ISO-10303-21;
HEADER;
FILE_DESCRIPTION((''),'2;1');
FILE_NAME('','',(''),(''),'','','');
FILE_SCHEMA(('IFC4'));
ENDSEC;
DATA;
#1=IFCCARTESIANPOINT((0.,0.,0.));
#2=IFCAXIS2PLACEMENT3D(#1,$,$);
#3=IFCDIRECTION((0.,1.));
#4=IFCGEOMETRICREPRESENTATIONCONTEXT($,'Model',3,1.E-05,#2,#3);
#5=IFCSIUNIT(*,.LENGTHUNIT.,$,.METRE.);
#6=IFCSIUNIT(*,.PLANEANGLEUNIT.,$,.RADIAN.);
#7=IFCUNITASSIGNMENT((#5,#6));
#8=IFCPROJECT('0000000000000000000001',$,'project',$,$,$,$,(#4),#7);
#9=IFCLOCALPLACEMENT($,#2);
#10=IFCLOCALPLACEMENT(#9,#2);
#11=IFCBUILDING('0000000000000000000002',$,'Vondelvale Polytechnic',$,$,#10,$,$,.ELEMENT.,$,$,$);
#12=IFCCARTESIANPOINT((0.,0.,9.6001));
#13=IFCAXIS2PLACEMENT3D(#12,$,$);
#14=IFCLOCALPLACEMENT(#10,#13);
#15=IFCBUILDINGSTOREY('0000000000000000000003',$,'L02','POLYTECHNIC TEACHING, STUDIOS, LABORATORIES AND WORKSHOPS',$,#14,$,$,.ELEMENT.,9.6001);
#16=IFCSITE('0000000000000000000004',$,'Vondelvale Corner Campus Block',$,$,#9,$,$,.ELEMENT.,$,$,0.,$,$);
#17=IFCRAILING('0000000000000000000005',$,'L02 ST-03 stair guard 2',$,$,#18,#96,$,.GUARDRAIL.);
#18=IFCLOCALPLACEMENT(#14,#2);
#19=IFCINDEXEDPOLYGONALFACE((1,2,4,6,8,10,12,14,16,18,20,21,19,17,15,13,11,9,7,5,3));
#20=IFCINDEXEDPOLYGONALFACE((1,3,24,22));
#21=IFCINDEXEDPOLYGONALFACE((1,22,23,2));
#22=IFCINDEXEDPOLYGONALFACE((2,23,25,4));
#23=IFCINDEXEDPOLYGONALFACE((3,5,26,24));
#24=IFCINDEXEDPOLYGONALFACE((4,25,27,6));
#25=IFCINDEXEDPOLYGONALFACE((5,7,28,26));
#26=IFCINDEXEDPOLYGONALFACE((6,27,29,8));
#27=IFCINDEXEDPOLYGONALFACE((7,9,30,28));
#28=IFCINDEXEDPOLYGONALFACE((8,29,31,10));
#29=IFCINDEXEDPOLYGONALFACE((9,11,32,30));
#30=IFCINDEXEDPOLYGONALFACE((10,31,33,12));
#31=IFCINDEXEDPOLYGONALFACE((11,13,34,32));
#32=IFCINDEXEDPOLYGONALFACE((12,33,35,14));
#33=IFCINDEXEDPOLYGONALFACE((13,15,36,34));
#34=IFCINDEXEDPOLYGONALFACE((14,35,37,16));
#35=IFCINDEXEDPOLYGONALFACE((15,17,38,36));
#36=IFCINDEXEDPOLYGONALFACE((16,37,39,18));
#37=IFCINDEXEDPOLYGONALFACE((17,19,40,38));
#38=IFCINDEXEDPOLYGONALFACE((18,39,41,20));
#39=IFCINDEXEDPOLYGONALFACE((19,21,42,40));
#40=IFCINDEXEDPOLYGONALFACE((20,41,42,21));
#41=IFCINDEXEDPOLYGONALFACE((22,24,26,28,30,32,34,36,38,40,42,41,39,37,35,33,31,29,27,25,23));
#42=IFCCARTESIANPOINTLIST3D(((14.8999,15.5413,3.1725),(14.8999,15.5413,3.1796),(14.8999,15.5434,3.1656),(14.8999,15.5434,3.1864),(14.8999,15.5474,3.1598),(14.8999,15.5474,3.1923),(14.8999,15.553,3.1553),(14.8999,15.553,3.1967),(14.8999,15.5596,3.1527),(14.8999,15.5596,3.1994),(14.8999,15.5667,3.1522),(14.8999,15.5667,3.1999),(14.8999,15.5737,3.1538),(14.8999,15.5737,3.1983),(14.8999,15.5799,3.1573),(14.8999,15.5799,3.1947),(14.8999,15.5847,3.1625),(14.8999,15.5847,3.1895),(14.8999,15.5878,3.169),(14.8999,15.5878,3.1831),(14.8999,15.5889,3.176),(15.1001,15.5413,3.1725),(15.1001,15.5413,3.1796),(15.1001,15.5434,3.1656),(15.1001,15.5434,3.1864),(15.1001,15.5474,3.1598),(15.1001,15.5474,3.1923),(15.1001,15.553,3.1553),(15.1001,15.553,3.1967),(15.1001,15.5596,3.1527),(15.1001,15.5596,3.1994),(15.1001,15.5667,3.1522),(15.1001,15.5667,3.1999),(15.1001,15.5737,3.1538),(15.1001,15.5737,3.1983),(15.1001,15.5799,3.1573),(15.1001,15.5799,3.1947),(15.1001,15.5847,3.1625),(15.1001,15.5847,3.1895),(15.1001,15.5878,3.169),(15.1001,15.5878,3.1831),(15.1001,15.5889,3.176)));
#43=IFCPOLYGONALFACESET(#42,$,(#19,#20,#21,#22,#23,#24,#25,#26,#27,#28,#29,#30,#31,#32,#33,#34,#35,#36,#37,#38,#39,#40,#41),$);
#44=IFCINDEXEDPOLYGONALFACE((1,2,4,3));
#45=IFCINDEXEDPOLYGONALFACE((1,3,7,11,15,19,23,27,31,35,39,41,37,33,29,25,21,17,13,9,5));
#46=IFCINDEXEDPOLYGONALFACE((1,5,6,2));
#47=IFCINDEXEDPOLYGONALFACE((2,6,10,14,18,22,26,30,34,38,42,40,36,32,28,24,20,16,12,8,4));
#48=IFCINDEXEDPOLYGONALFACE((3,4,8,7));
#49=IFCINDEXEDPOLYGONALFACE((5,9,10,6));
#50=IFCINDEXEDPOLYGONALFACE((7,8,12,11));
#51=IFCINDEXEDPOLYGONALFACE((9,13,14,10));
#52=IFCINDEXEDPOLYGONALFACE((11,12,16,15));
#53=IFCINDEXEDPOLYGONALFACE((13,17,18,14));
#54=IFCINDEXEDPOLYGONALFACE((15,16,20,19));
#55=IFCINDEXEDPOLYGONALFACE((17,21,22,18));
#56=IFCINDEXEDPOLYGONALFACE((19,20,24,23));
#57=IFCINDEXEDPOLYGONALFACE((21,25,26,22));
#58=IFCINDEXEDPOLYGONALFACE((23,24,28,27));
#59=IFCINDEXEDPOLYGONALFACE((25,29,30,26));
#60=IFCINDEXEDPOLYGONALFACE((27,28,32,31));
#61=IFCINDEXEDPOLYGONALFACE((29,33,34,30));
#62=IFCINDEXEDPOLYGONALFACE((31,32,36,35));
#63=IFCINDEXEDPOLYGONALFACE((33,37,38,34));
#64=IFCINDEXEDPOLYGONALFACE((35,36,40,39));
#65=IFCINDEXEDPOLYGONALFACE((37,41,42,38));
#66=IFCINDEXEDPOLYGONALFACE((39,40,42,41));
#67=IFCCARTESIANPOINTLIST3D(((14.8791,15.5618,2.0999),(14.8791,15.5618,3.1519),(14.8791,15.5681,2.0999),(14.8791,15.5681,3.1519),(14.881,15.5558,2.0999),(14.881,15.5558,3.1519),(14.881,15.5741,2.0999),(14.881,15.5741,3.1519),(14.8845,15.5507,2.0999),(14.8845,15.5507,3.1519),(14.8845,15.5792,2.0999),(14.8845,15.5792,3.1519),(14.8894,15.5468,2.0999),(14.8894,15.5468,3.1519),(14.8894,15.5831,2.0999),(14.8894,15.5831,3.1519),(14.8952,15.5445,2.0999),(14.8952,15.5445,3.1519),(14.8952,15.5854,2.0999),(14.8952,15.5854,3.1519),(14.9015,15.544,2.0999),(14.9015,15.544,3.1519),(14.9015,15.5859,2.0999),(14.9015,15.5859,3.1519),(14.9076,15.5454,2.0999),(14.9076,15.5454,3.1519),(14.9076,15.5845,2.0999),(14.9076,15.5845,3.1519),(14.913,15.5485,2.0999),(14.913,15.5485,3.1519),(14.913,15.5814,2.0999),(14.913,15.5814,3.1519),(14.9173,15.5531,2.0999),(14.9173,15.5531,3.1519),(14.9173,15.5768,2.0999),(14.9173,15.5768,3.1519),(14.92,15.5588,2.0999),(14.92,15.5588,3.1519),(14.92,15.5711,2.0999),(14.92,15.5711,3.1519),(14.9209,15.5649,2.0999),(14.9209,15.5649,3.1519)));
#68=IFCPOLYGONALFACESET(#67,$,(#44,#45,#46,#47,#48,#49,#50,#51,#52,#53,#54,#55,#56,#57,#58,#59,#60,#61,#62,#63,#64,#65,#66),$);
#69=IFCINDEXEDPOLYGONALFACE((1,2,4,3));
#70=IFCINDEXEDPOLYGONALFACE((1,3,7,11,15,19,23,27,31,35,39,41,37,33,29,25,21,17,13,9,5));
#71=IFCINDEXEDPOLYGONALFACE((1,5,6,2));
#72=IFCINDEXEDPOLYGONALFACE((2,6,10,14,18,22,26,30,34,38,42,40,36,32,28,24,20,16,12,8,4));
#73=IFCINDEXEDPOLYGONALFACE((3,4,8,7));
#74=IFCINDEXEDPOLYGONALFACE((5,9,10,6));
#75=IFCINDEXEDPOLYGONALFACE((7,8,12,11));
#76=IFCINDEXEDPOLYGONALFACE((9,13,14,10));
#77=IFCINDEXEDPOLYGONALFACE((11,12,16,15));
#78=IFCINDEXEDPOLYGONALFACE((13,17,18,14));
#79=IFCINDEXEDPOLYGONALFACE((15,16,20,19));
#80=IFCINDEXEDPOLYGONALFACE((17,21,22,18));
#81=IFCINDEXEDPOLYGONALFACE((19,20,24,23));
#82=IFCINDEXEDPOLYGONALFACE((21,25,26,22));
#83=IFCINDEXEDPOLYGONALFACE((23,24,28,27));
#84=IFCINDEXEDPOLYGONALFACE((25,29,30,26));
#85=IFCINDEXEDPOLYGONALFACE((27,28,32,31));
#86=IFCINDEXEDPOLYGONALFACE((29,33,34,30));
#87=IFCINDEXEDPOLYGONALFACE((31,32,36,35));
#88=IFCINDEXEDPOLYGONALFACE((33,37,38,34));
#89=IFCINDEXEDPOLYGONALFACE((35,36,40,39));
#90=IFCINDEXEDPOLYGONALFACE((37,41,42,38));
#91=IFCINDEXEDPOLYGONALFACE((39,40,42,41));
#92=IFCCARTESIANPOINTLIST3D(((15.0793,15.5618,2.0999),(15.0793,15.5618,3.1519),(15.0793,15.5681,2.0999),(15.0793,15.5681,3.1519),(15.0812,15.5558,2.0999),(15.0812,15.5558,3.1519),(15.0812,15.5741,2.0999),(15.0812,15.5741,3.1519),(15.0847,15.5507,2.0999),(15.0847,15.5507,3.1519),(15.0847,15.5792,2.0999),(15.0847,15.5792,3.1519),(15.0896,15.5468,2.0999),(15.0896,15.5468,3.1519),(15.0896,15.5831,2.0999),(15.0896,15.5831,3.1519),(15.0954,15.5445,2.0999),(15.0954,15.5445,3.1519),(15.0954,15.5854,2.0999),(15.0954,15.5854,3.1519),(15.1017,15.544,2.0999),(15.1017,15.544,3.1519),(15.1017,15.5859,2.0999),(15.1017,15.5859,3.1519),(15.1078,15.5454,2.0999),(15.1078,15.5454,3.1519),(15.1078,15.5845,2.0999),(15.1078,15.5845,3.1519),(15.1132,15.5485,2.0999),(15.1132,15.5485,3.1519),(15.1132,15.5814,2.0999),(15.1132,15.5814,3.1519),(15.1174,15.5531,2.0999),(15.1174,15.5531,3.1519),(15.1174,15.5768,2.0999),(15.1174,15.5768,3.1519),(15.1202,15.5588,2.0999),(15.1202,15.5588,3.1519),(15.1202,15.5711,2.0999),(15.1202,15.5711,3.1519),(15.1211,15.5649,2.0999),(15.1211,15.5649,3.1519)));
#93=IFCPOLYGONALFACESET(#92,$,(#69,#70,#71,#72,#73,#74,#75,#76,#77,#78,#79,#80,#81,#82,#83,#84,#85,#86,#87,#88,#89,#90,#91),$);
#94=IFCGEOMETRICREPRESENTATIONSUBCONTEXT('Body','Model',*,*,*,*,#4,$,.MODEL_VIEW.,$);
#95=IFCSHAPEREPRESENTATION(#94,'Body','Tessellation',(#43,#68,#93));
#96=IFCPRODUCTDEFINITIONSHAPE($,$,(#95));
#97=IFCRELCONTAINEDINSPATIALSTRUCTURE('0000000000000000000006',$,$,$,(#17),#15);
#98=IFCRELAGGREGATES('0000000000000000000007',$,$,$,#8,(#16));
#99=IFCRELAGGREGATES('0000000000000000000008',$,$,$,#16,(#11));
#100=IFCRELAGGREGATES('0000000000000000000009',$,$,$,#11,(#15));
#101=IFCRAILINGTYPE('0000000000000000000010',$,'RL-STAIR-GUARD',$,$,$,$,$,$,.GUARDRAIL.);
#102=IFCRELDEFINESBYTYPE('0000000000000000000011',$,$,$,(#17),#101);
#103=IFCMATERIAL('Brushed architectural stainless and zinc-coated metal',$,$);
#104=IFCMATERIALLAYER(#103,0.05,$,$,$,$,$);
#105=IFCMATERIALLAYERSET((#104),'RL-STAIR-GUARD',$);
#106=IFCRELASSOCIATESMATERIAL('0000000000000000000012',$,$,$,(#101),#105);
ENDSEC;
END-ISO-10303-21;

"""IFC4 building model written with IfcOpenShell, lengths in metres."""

from ifc_helpers import new_model, si_unit, direction, frame, origin, origin_2d, place, context, subcontext, project, spatial, circle, extrude, material, layer, layer_set, type_object, element, save


model = new_model("IFC4")

# Units and contexts
model_context = context("Model", 3, precision=1e-05, world=origin(), true_north=direction((0.0, 1.0)))
body_context = subcontext(model_context, "Body", "Model", "MODEL_VIEW")
ifc_project = project(units=[si_unit("LENGTHUNIT", "METRE"), si_unit("PLANEANGLEUNIT", "RADIAN")], contexts=[model_context])

# Site, building, storey
site_placement = place(None, origin())
site = spatial("IfcSite", under=ifc_project, at=site_placement, Name="Vondelvale Corner Campus Block", CompositionType="ELEMENT", RefElevation=0.0)
building_placement = place(site_placement, origin())
building = spatial("IfcBuilding", under=site, at=building_placement, Name="Vondelvale Polytechnic", CompositionType="ELEMENT")
storey_placement = place(building_placement, frame((0.0, 0.0, 9.6001)))
storey = spatial("IfcBuildingStorey", under=building, at=storey_placement, Name="L02", Description="POLYTECHNIC TEACHING, STUDIOS, LABORATORIES AND WORKSHOPS", CompositionType="ELEMENT", Elevation=9.6001)

# Shared definitions
ifc_material_1 = material(Name="Brushed architectural stainless and zinc-coated metal")

# Railing
ifc_layer_1 = layer(ifc_material_1, 0.05)
ifc_layer_set_1 = layer_set([ifc_layer_1], Name="RL-STAIR-GUARD")
railing_type_1 = type_object("IfcRailingType", Name="RL-STAIR-GUARD", PredefinedType="GUARDRAIL", material=ifc_layer_set_1)
railing_1_placement = place(storey_placement, frame((14.8999, 15.5649, 2.0999)))
element("IfcRailing", 1, at=railing_1_placement, inside=storey, type_object=railing_type_1, Name="L02 ST-03 stair guard 2", PredefinedType="GUARDRAIL", context=body_context, shape_type="SweptSolid", body=[
    extrude(circle(Radius=0.0239, at=origin_2d()), frame((0.0, 0.0, 1.0762), z_axis=(1.0, 0.0, 0.0), x_axis=(0.0, 1.0, 0.0)), (0.0, 0.0, 1.0), 0.2002),
    extrude(circle(Radius=0.021, at=origin_2d()), origin(), (0.0, 0.0, 1.0), 1.052),
    extrude(circle(Radius=0.021, at=origin_2d()), frame((0.2002, 0.0, 0.0)), (0.0, 0.0, 1.0), 1.052),
])

save(model, "model.ifc")
